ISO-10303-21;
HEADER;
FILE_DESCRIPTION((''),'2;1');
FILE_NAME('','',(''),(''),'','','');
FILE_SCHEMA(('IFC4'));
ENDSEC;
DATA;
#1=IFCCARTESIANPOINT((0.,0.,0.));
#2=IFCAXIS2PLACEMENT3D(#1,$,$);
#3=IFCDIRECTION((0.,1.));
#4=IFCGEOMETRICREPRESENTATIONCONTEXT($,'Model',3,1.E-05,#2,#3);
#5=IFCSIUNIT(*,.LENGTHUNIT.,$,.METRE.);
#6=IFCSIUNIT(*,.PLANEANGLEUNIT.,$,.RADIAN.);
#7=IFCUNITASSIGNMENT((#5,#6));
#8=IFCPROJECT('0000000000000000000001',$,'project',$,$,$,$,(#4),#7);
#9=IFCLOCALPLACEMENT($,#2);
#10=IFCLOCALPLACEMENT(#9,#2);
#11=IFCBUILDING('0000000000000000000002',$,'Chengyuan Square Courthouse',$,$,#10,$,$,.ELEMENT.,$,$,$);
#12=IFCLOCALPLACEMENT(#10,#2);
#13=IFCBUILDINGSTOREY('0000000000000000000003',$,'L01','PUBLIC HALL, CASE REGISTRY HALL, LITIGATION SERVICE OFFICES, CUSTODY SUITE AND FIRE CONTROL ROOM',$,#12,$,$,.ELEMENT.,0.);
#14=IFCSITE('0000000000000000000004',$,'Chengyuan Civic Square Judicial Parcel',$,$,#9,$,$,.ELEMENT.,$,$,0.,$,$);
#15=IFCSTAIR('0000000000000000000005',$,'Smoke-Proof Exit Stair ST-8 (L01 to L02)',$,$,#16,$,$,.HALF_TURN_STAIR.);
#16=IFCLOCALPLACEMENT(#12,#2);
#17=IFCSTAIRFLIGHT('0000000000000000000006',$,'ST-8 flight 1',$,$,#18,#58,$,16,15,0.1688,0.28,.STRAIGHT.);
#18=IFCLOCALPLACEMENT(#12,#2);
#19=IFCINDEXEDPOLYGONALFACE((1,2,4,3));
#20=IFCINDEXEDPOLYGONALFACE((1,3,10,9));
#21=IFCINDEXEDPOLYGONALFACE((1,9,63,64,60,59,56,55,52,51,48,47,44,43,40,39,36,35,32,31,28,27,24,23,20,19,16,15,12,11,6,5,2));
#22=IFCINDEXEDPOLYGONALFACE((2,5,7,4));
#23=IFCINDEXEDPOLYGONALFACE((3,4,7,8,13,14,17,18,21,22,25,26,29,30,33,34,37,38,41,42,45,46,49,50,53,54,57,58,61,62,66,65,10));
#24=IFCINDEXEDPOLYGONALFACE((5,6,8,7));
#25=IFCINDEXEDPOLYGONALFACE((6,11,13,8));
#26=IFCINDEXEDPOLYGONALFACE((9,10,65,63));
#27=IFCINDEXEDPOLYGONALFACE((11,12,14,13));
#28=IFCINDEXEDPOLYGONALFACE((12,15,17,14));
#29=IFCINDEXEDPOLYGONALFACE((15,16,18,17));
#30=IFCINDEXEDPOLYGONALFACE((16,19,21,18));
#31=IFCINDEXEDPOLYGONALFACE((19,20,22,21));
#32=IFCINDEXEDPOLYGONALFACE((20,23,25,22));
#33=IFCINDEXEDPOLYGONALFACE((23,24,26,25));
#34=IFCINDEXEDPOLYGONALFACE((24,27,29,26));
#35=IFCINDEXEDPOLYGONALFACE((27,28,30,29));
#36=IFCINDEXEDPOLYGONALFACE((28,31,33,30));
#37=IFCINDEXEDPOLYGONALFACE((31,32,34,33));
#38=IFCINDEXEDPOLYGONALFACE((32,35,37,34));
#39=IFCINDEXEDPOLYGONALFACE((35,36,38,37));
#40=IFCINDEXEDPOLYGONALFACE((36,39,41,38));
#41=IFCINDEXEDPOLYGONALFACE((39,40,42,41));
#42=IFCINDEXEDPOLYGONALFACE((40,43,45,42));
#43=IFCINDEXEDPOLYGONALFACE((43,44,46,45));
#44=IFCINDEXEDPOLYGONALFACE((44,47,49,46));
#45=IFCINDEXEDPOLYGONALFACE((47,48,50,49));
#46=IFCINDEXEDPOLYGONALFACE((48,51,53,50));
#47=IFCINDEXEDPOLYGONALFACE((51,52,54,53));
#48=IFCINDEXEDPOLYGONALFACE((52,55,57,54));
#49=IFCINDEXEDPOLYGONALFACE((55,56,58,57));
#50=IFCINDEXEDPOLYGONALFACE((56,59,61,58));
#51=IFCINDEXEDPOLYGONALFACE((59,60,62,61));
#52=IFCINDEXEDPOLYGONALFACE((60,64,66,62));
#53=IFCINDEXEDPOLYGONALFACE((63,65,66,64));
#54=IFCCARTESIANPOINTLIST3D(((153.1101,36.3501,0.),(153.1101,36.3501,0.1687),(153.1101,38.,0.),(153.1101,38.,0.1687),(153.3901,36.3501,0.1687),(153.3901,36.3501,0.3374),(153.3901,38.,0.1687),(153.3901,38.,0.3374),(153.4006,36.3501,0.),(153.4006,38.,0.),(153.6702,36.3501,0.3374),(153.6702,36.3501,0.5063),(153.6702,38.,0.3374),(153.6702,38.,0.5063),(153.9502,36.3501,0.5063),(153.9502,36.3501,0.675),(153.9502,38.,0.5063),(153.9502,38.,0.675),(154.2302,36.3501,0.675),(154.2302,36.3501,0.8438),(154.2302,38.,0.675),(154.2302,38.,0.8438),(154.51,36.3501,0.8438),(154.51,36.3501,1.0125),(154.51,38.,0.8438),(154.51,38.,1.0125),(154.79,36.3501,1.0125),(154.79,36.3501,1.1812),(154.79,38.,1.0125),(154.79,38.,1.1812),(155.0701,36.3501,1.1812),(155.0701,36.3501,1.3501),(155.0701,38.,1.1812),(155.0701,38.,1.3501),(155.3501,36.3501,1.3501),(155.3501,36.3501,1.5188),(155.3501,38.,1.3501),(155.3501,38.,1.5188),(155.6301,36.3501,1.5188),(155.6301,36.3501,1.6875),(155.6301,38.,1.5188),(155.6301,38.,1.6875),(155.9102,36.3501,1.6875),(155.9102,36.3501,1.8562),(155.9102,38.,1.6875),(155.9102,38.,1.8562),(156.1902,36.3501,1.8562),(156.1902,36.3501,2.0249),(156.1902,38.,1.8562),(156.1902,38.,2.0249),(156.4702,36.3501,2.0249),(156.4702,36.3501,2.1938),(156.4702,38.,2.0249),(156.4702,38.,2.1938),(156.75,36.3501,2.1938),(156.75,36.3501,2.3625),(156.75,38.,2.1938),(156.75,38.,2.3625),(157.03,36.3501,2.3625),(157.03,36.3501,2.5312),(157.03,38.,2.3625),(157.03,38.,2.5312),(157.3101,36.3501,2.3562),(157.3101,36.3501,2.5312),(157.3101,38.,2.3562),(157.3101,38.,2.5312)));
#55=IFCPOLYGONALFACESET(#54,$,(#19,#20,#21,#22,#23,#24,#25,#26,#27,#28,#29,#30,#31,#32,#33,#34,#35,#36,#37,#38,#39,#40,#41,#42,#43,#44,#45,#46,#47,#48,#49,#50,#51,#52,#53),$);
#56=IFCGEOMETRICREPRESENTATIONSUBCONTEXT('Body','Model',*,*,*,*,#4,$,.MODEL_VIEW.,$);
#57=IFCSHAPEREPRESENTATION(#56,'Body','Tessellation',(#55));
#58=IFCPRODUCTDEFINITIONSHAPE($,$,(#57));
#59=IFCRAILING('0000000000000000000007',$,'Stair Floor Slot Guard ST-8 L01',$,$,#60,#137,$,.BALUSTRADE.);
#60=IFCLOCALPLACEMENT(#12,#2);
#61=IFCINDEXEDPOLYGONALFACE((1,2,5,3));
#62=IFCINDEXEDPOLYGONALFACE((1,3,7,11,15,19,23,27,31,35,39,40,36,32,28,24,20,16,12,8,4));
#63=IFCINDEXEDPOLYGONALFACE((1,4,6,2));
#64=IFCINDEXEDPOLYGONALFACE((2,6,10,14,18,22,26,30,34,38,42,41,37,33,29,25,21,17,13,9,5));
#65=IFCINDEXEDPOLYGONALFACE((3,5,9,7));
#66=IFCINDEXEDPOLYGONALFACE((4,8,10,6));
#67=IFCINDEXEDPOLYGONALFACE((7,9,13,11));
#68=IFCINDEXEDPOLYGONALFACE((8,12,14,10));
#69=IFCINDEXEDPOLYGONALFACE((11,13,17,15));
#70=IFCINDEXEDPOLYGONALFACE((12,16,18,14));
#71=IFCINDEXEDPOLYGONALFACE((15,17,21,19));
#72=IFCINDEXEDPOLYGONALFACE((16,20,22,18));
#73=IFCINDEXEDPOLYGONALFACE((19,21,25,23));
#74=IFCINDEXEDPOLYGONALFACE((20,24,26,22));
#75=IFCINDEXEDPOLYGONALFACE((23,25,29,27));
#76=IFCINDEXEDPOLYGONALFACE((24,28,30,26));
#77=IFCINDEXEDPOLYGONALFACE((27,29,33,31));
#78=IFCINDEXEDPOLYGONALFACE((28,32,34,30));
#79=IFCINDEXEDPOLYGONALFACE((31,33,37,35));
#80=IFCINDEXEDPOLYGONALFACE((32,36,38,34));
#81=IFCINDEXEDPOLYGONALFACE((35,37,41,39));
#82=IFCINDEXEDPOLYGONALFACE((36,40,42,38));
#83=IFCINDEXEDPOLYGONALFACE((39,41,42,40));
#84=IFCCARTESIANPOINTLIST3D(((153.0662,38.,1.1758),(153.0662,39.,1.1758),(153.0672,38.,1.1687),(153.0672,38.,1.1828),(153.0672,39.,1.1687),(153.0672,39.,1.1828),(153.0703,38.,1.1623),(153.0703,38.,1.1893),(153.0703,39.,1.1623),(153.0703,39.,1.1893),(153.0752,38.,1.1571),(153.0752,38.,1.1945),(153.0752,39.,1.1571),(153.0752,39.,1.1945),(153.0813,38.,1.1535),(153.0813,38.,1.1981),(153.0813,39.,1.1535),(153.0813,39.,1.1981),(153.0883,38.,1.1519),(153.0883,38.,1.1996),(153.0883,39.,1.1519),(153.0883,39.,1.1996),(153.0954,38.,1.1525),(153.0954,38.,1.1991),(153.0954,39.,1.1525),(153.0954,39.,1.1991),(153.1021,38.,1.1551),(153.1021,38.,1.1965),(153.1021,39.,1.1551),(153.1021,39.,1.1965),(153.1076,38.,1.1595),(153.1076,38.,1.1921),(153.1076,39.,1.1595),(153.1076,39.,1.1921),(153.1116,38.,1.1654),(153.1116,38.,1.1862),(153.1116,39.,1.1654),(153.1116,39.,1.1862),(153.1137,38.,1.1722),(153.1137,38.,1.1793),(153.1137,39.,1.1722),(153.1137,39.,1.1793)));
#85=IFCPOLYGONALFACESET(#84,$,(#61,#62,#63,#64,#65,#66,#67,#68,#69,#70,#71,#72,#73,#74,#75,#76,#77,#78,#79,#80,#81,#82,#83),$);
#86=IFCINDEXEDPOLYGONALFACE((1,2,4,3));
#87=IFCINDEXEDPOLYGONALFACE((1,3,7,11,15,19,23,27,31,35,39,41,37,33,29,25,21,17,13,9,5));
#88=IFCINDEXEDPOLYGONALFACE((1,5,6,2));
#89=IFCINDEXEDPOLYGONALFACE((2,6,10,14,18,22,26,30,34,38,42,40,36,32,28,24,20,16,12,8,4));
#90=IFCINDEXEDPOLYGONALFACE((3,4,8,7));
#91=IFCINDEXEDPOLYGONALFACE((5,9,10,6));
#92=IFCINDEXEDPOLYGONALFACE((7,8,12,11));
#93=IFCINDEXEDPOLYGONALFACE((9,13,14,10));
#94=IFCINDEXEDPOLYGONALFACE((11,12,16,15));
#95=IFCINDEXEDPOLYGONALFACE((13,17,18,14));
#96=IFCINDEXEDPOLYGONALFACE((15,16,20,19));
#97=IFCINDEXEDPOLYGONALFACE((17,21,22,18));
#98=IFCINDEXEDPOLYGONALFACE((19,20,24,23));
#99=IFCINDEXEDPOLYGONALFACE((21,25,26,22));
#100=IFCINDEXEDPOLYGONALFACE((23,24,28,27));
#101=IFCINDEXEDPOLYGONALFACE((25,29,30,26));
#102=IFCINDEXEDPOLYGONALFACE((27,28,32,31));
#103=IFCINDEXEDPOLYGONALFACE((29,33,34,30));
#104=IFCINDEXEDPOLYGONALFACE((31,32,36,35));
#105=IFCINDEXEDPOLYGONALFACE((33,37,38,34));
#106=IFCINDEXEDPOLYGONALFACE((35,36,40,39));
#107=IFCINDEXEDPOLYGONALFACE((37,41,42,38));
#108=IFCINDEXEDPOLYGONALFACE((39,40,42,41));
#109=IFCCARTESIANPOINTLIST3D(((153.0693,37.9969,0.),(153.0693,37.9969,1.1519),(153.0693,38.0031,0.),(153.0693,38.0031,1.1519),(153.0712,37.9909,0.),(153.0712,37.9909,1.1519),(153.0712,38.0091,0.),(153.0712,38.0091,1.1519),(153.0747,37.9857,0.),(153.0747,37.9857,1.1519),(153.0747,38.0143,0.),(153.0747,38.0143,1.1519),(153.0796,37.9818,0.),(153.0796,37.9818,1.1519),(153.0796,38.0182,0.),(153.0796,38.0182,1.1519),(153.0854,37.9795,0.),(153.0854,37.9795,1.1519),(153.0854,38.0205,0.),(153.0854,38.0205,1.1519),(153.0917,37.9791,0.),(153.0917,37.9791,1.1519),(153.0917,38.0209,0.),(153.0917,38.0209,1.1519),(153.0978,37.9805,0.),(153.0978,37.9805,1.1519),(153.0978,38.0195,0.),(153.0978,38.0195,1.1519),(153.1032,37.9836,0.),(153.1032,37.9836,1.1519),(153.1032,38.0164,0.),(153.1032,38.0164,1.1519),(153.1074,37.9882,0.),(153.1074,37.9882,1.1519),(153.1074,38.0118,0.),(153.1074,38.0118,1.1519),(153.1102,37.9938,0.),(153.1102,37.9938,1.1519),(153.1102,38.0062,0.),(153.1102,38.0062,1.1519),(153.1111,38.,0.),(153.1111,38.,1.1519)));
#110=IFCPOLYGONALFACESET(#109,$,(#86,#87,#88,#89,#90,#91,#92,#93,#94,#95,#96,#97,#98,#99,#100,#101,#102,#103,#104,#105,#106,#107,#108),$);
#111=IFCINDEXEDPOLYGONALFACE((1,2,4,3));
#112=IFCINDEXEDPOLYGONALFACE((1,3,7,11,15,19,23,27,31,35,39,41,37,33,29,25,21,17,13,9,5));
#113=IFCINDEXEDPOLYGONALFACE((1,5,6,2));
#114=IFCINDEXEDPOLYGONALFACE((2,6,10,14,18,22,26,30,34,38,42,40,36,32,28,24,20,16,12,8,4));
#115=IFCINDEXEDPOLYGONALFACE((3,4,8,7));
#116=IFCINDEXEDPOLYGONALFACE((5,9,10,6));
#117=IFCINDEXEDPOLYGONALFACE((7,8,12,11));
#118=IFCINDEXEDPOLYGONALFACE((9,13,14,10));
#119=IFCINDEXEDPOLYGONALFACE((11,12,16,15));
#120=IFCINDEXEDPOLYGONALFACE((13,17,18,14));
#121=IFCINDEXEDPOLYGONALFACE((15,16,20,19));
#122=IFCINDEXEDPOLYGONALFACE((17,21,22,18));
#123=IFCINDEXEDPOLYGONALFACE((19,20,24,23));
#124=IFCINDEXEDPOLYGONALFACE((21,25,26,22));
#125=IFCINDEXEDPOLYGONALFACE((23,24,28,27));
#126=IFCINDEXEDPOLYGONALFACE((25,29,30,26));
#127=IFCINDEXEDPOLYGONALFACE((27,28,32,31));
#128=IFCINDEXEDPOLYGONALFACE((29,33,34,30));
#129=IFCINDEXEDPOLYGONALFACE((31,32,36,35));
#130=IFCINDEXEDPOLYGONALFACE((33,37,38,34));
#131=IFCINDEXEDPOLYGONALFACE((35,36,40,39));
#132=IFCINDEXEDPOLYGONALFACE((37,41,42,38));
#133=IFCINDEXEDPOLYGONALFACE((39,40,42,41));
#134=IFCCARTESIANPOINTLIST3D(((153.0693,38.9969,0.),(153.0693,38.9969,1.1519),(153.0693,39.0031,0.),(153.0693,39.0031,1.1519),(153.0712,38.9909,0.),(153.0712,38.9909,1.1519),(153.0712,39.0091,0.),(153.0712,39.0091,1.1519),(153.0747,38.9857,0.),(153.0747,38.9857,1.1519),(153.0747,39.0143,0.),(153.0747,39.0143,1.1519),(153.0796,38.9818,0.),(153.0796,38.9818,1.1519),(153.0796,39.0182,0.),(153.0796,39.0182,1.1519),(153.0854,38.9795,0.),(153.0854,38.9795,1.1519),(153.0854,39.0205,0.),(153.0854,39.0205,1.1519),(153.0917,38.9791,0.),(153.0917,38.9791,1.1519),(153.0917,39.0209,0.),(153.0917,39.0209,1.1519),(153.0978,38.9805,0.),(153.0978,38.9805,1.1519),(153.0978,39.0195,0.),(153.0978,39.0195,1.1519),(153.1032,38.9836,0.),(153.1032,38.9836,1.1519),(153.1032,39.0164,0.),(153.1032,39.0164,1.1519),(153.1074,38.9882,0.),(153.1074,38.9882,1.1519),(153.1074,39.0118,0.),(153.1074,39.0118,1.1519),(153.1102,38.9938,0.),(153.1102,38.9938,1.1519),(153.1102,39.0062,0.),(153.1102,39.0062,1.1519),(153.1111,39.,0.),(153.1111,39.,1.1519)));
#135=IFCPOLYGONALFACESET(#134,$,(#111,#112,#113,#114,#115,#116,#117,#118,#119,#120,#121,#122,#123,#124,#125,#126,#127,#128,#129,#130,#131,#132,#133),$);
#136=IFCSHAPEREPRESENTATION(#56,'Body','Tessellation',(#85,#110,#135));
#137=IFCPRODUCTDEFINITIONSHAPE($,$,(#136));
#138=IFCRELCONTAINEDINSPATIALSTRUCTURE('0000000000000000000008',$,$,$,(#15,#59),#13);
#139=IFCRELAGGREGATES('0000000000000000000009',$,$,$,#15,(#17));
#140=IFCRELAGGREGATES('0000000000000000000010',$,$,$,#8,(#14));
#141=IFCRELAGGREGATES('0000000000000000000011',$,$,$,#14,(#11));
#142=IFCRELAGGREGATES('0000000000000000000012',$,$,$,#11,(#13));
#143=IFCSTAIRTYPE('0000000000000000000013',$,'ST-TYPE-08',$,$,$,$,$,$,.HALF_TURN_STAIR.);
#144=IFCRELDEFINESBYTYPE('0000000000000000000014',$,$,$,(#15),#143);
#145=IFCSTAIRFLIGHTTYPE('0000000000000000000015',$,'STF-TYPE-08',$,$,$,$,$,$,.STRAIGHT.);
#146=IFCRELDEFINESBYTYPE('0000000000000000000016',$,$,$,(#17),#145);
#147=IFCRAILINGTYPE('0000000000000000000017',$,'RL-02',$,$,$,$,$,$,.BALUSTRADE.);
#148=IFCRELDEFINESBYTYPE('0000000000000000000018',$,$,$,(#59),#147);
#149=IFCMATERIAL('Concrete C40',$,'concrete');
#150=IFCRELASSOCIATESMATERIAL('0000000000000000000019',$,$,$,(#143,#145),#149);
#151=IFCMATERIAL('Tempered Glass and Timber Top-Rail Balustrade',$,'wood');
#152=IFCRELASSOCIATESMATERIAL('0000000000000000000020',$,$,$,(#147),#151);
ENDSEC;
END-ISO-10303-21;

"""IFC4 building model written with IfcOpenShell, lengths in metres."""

from ifc_helpers import new_model, si_unit, direction, frame, origin, origin_2d, place, context, subcontext, project, spatial, polyline, circle, outline, extrude, material, type_object, element, aggregate, save


model = new_model("IFC4")

# Units and contexts
model_context = context("Model", 3, precision=1e-05, world=origin(), true_north=direction((0.0, 1.0)))
body_context = subcontext(model_context, "Body", "Model", "MODEL_VIEW")
ifc_project = project(units=[si_unit("LENGTHUNIT", "METRE"), si_unit("PLANEANGLEUNIT", "RADIAN")], contexts=[model_context])

# Site, building, storey
site_placement = place(None, origin())
site = spatial("IfcSite", under=ifc_project, at=site_placement, Name="Chengyuan Civic Square Judicial Parcel", CompositionType="ELEMENT", RefElevation=0.0)
building_placement = place(site_placement, origin())
building = spatial("IfcBuilding", under=site, at=building_placement, Name="Chengyuan Square Courthouse", CompositionType="ELEMENT")
storey_placement = place(building_placement, origin())
storey = spatial("IfcBuildingStorey", under=building, at=storey_placement, Name="L01", Description="PUBLIC HALL, CASE REGISTRY HALL, LITIGATION SERVICE OFFICES, CUSTODY SUITE AND FIRE CONTROL ROOM", CompositionType="ELEMENT", Elevation=0.0)

# Shared definitions
ifc_material_1 = material(Name="Concrete C40", Category="concrete")

# Stair, stair flight
stair_type = type_object("IfcStairType", Name="ST-TYPE-08", PredefinedType="HALF_TURN_STAIR", material=ifc_material_1)
stair_placement = place(storey_placement, origin())
stair = element("IfcStair", 1, at=stair_placement, inside=storey, type_object=stair_type, Name="Smoke-Proof Exit Stair ST-8 (L01 to L02)", PredefinedType="HALF_TURN_STAIR")
stair_flight_type = type_object("IfcStairFlightType", Name="STF-TYPE-08", PredefinedType="STRAIGHT", material=ifc_material_1)
stair_flight_placement = place(storey_placement, frame((153.1101, 37.175, 0.0), z_axis=(0.0, 0.0, 1.0), x_axis=(1.0, 0.0, 0.0)))
stair_flight = element("IfcStairFlight", 2, at=stair_flight_placement, type_object=stair_flight_type, Name="ST-8 flight 1", NumberOfRisers=16, NumberOfTreads=15, PredefinedType="STRAIGHT", RiserHeight=0.1688, TreadLength=0.28, context=body_context, shape_type="SweptSolid", body=[
    extrude(outline(polyline([(0.0, 0.0), (0.0, 0.1687), (0.28, 0.1687), (0.28, 0.3374), (0.5601, 0.3374), (0.5601, 0.5063), (0.8401, 0.5063), (0.8401, 0.675), (1.1201, 0.675), (1.1201, 0.8438), (1.3999, 0.8438), (1.3999, 1.0125), (1.6799, 1.0125), (1.6799, 1.1812), (1.96, 1.1812), (1.96, 1.3501), (2.24, 1.3501), (2.24, 1.5188), (2.52, 1.5188), (2.52, 1.6875), (2.8, 1.6875), (2.8, 1.8562), (3.0801, 1.8562), (3.0801, 2.0249), (3.3601, 2.0249), (3.3601, 2.1938), (3.6399, 2.1938), (3.6399, 2.3625), (3.9199, 2.3625), (3.9199, 2.5312), (4.2, 2.5312), (4.2, 2.7), (4.2, 2.3562), (0.2905, 0.0), (0.0, 0.0)])), frame((0.0, 0.825, 0.0), z_axis=(0.0, -1.0, 0.0), x_axis=(1.0, 0.0, 0.0)), (0.0, 0.0, 1.0), 1.6499),
])
aggregate(stair, [stair_flight])

# Railing
ifc_material_2 = material(Name="Tempered Glass and Timber Top-Rail Balustrade", Category="wood")
railing_type_1 = type_object("IfcRailingType", Name="RL-02", PredefinedType="BALUSTRADE", material=ifc_material_2)
railing_1_placement = place(storey_placement, frame((153.0901, 38.0, 0.0)))
element("IfcRailing", 3, at=railing_1_placement, inside=storey, type_object=railing_type_1, Name="Stair Floor Slot Guard ST-8 L01", PredefinedType="BALUSTRADE", context=body_context, shape_type="SweptSolid", body=[
    extrude(circle(Radius=0.0239, at=origin_2d()), frame((0.0, 0.0, 1.1758), z_axis=(0.0, 1.0, 0.0), x_axis=(-1.0, 0.0, 0.0)), (0.0, 0.0, 1.0), 1.0),
    extrude(circle(Radius=0.021, at=origin_2d()), origin(), (0.0, 0.0, 1.0), 1.1519),
    extrude(circle(Radius=0.021, at=origin_2d()), frame((0.0, 1.0, 0.0)), (0.0, 0.0, 1.0), 1.1519),
])

save(model, "model.ifc")
